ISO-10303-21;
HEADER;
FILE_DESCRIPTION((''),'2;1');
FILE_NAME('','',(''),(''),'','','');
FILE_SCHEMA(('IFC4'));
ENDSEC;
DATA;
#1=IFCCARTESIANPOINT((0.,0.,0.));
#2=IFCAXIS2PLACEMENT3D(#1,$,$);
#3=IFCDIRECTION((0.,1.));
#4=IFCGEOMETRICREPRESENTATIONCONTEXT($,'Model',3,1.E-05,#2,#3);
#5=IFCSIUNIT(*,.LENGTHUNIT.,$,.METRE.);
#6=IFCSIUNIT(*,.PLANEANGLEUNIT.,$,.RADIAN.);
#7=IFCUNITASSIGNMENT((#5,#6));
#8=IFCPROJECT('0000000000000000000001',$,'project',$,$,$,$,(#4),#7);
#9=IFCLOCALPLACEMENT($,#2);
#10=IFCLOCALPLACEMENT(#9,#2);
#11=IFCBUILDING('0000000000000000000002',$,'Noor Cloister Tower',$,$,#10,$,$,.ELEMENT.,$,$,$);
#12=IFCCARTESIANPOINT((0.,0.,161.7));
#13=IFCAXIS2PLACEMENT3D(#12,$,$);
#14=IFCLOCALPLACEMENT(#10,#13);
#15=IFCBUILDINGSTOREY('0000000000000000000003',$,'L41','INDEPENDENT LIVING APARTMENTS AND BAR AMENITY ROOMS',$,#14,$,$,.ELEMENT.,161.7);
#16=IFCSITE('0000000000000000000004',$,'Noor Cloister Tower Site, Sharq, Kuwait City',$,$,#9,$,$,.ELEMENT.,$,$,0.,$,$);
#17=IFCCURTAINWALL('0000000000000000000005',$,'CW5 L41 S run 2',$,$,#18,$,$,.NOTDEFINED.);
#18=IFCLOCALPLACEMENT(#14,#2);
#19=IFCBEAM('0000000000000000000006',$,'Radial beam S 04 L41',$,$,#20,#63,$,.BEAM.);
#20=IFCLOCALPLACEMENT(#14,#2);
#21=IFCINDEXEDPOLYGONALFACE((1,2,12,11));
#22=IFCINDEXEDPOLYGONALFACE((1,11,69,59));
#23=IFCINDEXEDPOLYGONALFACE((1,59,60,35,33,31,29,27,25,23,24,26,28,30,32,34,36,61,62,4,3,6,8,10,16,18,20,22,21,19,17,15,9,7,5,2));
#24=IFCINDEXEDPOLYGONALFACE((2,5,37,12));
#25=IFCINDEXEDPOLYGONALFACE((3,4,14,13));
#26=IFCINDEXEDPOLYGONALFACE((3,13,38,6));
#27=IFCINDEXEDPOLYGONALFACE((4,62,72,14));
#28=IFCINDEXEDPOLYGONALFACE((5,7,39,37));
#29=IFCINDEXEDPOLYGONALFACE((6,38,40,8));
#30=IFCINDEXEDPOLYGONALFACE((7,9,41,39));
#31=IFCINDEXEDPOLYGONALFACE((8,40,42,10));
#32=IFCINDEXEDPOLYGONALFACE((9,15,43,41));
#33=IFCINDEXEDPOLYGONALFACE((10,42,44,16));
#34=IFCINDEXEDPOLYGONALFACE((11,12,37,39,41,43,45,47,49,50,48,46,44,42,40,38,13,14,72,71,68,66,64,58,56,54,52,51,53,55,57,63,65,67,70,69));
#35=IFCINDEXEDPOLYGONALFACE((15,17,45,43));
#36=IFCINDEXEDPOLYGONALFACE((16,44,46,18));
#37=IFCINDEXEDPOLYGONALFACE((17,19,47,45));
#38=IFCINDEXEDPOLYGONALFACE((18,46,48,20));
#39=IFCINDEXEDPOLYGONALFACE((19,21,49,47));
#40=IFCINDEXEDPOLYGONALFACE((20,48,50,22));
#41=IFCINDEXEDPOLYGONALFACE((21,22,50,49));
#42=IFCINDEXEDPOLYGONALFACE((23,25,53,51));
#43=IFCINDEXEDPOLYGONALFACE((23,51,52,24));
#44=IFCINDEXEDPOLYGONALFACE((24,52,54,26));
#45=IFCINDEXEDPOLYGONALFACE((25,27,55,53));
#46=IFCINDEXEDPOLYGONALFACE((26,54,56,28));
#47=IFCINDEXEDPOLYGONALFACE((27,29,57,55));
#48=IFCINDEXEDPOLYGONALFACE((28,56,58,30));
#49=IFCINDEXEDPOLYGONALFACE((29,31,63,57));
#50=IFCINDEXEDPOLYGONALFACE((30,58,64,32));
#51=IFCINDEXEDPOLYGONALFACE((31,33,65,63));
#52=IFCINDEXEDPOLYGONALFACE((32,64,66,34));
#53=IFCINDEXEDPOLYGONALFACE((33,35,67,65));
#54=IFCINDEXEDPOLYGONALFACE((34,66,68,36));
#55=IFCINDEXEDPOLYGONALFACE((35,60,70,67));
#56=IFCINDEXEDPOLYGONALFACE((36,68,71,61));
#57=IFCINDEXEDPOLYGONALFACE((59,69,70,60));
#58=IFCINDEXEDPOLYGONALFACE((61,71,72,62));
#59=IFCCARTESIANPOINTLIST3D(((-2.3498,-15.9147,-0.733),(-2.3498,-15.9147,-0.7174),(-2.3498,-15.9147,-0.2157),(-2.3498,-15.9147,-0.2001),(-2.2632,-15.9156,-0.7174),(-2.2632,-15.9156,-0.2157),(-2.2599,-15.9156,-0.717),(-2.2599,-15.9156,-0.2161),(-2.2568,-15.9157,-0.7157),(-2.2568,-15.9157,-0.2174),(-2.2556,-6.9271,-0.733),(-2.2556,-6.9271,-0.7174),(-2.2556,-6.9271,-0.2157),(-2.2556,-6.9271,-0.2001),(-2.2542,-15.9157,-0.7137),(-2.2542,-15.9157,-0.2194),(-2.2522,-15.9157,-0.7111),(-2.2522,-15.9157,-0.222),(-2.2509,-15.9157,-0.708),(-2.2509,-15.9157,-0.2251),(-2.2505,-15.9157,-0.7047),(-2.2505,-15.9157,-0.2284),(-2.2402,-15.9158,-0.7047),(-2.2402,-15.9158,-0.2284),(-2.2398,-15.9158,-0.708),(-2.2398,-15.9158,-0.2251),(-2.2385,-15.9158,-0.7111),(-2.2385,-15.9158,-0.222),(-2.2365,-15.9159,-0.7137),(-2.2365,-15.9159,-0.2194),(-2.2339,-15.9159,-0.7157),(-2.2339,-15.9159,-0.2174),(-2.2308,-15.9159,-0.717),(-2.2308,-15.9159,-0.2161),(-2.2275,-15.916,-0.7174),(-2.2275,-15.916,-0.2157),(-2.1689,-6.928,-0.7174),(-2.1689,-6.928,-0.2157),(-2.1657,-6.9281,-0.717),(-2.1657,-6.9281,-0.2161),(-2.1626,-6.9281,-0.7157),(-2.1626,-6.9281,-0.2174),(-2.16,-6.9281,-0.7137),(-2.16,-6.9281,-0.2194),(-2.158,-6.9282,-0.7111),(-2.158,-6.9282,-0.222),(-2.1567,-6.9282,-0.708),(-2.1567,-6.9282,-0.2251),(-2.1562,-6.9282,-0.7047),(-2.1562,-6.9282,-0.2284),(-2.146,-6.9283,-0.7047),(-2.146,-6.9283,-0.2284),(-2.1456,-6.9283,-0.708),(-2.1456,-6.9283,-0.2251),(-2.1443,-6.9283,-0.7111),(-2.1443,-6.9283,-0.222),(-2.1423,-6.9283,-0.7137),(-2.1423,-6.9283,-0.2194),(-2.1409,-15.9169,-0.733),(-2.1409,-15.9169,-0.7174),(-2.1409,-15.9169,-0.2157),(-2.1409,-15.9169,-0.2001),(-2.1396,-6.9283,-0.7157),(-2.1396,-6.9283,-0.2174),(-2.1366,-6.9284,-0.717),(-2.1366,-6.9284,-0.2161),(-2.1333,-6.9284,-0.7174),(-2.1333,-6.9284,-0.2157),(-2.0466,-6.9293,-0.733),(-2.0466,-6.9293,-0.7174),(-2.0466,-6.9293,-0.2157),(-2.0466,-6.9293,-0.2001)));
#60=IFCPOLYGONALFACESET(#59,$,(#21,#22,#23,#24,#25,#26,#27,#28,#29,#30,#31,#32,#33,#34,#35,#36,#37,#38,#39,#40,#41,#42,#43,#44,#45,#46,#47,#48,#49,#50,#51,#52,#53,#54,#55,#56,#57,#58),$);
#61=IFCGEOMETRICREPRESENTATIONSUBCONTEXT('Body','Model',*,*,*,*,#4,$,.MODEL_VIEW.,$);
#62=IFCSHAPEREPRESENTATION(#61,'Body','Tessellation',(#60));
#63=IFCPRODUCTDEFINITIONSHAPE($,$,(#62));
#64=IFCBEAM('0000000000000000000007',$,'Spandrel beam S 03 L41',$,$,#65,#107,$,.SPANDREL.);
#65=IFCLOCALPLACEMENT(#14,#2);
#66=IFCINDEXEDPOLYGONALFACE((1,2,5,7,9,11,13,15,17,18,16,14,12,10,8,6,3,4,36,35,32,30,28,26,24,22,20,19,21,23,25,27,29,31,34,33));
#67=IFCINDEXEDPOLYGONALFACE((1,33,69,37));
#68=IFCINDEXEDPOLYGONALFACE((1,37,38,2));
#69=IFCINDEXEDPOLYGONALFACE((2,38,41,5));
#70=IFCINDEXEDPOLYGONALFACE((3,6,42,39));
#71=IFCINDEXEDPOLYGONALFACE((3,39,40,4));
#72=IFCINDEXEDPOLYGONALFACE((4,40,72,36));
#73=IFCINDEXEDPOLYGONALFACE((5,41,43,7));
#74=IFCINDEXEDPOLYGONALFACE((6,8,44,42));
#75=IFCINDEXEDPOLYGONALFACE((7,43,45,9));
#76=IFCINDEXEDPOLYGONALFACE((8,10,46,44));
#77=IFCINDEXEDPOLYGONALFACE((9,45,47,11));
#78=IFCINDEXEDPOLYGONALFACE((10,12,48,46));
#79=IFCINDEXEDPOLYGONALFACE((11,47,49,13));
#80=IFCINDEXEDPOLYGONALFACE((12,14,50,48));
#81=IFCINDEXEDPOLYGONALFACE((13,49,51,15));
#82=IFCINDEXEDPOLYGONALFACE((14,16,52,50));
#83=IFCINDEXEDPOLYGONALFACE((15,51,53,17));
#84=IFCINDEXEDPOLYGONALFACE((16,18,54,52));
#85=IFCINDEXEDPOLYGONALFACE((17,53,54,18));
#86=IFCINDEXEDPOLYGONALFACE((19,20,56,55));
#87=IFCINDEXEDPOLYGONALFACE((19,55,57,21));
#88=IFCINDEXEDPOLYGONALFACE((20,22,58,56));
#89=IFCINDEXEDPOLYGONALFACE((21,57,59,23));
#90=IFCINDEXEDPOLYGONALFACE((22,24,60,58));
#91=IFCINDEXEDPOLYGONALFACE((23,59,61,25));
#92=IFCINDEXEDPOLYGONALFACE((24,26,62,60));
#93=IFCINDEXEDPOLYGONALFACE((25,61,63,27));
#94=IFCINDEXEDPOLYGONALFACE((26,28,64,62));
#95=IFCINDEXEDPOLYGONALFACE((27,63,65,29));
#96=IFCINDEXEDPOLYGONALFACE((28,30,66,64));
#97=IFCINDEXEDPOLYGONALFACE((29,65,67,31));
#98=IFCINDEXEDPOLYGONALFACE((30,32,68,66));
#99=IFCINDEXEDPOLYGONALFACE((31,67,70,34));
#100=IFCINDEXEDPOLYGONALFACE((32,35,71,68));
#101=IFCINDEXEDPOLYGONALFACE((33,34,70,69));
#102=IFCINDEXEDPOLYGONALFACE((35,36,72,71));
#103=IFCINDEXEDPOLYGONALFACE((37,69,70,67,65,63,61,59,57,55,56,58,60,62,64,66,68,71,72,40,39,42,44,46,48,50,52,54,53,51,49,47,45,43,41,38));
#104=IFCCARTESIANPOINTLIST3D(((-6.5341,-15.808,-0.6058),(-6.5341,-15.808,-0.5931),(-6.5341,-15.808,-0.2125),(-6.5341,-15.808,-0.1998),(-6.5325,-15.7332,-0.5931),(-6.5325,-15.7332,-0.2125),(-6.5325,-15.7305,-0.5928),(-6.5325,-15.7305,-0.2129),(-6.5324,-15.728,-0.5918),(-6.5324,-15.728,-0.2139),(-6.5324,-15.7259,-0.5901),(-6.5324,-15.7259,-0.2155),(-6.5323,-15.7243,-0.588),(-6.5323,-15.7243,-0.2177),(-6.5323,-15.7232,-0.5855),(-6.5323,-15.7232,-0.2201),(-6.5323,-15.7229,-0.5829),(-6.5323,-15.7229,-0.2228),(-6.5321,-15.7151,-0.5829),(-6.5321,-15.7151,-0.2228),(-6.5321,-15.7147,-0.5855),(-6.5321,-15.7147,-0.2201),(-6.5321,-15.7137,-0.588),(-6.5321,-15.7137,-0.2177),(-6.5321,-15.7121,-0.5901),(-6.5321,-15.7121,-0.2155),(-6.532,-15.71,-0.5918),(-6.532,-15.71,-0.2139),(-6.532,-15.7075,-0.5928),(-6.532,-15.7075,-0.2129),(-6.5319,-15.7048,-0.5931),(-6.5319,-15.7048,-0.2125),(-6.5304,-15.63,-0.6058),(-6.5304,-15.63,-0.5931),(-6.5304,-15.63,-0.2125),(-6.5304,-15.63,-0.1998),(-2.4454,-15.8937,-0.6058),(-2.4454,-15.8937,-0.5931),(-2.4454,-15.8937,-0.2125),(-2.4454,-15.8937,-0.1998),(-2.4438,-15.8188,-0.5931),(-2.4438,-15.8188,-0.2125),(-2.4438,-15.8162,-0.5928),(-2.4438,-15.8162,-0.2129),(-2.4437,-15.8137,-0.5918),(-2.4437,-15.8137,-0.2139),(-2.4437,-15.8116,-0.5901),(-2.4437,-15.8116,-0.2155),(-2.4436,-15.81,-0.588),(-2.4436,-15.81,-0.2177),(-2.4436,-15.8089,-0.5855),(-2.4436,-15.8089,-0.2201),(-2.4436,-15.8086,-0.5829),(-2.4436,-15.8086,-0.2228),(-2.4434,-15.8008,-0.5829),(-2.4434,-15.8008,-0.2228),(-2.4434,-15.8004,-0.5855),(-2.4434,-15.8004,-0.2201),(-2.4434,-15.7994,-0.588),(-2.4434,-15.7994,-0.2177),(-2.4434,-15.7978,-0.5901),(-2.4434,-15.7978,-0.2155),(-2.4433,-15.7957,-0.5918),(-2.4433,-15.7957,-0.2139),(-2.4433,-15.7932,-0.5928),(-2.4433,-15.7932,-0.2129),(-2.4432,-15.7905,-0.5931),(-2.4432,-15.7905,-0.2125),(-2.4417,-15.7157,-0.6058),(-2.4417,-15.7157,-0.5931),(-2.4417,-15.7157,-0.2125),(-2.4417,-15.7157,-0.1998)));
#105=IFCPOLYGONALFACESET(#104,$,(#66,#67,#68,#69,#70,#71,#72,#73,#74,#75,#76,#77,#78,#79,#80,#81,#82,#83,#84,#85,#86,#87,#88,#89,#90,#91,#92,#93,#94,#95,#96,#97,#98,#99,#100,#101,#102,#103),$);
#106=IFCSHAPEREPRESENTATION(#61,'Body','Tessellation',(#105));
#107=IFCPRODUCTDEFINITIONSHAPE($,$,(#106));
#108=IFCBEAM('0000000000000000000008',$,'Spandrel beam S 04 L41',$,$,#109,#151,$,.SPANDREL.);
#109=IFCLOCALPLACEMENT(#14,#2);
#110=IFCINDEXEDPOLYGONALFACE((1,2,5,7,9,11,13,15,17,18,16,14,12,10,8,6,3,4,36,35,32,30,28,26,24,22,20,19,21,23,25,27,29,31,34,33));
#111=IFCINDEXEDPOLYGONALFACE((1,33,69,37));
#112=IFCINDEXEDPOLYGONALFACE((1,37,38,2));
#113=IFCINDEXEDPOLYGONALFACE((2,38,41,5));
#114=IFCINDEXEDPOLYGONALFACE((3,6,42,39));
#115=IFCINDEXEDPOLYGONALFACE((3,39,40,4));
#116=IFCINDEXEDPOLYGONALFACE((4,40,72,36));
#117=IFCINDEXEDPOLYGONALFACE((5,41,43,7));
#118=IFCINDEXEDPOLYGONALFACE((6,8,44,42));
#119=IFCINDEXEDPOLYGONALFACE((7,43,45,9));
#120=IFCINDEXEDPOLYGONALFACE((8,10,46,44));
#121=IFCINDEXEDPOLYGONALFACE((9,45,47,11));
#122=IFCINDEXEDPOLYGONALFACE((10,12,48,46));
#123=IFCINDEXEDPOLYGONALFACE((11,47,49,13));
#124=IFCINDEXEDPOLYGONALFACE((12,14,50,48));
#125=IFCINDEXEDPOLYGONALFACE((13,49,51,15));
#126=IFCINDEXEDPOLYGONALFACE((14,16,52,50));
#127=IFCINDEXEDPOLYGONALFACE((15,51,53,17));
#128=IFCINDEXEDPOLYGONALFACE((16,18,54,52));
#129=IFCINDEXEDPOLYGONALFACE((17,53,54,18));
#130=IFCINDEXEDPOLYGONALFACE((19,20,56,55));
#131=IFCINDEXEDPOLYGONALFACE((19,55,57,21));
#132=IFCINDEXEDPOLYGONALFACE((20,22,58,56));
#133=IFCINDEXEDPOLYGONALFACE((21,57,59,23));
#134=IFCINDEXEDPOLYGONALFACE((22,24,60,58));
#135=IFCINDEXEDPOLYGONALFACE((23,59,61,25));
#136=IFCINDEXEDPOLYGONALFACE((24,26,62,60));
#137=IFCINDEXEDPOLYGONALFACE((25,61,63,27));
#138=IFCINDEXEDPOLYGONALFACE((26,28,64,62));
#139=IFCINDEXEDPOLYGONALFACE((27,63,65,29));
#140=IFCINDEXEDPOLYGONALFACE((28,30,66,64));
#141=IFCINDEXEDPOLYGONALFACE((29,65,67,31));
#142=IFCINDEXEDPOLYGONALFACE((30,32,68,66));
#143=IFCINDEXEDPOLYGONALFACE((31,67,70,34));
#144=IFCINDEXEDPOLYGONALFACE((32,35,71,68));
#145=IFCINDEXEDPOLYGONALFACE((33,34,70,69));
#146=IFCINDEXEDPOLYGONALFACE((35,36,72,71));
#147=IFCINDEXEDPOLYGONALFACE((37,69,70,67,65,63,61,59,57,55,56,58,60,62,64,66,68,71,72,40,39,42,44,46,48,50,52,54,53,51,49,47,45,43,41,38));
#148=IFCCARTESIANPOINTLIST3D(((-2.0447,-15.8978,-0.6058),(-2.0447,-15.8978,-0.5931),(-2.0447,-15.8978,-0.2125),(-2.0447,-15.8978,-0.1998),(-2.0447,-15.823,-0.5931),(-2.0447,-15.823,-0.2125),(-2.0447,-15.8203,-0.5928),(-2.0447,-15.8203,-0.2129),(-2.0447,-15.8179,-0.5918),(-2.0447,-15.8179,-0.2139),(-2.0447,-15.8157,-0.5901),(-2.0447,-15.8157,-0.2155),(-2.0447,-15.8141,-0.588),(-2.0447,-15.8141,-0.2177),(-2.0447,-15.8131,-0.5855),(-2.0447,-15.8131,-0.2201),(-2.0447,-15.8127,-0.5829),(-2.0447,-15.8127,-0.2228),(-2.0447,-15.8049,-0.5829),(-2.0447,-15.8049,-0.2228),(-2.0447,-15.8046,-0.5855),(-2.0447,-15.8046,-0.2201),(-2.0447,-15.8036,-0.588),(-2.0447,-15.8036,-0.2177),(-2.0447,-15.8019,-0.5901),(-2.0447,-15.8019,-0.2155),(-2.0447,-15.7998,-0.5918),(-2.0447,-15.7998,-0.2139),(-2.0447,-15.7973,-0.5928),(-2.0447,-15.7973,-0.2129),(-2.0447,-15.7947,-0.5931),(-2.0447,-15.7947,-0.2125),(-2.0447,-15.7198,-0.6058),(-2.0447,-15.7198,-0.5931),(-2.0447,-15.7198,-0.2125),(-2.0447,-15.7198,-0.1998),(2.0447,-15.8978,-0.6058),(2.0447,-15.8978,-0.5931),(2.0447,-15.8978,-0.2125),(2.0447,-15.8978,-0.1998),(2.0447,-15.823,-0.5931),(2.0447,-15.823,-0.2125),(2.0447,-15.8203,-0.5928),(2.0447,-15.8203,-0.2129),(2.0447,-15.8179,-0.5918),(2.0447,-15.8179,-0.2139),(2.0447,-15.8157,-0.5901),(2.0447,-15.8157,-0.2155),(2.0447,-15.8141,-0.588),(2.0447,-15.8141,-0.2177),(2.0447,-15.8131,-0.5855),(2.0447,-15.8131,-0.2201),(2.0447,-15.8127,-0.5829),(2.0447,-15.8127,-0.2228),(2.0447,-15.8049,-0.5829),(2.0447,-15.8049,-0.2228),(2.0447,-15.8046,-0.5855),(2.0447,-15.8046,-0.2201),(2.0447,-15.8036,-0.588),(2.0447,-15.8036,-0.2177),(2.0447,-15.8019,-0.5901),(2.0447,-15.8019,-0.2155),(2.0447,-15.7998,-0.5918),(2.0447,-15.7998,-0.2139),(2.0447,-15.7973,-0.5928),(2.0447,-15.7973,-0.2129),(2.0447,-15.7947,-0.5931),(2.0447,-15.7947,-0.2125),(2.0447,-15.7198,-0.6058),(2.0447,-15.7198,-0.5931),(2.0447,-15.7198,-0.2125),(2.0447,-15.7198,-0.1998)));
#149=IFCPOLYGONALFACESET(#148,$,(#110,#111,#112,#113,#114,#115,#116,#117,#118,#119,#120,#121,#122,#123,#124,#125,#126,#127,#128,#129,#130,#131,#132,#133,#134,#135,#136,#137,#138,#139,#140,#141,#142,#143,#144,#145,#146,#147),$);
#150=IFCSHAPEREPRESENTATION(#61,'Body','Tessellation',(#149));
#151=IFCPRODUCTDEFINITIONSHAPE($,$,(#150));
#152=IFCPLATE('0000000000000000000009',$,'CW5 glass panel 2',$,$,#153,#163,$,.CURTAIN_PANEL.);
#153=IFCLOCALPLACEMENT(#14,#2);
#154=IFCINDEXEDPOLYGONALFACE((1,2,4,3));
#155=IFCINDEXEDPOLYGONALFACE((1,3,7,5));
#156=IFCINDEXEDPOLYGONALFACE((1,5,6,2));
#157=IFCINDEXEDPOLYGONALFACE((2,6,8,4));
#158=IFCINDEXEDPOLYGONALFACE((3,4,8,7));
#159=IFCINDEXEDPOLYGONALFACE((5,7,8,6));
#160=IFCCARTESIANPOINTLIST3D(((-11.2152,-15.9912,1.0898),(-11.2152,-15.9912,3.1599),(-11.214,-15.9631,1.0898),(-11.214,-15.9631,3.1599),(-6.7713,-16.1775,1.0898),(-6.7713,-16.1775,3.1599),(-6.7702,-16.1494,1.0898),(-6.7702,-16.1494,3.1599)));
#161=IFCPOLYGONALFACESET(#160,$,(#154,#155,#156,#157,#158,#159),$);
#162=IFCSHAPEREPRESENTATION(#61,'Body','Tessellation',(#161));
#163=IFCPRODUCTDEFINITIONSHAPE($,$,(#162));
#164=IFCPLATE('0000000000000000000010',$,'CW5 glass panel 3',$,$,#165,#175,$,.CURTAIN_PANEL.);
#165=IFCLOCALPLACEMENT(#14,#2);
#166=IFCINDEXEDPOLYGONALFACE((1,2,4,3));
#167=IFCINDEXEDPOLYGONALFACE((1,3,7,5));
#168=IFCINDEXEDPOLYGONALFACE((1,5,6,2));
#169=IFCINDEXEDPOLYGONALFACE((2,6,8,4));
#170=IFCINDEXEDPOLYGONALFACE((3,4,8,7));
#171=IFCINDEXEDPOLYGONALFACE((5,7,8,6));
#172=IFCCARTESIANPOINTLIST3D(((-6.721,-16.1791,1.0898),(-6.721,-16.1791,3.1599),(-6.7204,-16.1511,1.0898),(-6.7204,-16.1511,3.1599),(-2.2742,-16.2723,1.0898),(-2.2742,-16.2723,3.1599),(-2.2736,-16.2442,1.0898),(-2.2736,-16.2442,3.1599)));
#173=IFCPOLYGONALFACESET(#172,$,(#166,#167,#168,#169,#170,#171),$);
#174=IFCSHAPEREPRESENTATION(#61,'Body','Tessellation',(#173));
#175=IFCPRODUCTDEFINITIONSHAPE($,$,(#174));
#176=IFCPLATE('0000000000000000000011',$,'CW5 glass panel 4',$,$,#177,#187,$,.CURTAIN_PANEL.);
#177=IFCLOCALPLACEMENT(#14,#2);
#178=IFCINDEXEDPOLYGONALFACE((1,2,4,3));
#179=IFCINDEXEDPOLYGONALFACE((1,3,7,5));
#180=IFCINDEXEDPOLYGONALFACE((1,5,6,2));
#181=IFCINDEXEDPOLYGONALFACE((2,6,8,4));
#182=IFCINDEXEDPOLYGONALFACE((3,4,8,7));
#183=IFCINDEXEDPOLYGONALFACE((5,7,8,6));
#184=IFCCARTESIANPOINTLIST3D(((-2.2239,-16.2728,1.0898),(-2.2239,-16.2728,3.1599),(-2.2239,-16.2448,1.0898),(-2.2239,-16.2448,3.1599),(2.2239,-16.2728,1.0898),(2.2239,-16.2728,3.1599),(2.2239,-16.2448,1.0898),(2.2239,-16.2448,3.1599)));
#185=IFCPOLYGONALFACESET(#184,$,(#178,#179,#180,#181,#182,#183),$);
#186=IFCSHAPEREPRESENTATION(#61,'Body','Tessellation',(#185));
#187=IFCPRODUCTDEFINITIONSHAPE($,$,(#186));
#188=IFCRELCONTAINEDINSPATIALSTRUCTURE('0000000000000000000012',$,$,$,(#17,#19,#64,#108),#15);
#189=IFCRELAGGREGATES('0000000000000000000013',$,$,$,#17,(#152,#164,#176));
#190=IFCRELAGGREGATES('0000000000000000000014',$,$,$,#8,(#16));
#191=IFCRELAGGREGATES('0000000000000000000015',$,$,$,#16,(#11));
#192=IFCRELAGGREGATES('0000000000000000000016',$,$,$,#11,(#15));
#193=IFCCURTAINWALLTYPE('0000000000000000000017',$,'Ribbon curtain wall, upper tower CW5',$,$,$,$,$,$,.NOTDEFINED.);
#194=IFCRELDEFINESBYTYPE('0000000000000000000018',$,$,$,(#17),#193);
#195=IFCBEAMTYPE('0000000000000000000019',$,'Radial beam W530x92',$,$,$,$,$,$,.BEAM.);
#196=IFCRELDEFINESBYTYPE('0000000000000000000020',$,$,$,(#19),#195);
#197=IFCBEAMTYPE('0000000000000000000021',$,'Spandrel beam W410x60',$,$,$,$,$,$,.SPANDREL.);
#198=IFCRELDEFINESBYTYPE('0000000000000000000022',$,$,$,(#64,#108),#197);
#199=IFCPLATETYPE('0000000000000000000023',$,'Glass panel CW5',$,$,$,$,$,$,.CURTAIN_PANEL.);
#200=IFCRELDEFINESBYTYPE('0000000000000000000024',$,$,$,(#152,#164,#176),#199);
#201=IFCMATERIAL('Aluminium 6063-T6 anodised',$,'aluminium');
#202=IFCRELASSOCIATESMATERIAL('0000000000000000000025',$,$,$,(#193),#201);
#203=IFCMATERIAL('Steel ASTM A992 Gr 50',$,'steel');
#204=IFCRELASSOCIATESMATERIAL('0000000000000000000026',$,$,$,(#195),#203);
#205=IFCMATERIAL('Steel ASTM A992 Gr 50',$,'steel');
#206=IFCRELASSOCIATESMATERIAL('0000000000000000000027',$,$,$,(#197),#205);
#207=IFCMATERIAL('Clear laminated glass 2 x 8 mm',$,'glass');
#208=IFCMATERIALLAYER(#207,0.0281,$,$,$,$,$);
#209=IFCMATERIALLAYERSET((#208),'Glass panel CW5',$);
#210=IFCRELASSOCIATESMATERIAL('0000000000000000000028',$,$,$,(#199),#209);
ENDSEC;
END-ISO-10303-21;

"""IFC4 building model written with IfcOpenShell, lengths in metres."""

from ifc_helpers import new_model, si_unit, direction, frame, origin, origin_2d, place, context, subcontext, project, spatial, rectangle, i_section, extrude, material, layer, layer_set, material_profile, profile_set, type_object, element, aggregate, save


model = new_model("IFC4")

# Units and contexts
model_context = context("Model", 3, precision=1e-05, world=origin(), true_north=direction((0.0, 1.0)))
body_context = subcontext(model_context, "Body", "Model", "MODEL_VIEW")
ifc_project = project(units=[si_unit("LENGTHUNIT", "METRE"), si_unit("PLANEANGLEUNIT", "RADIAN")], contexts=[model_context])

# Site, building, storey
site_placement = place(None, origin())
site = spatial("IfcSite", under=ifc_project, at=site_placement, Name="Noor Cloister Tower Site, Sharq, Kuwait City", CompositionType="ELEMENT", RefElevation=0.0)
building_placement = place(site_placement, origin())
building = spatial("IfcBuilding", under=site, at=building_placement, Name="Noor Cloister Tower", CompositionType="ELEMENT")
storey_placement = place(building_placement, frame((0.0, 0.0, 161.7)))
storey = spatial("IfcBuildingStorey", under=building, at=storey_placement, Name="L41", Description="INDEPENDENT LIVING APARTMENTS AND BAR AMENITY ROOMS", CompositionType="ELEMENT", Elevation=161.7)

# Curtain wall
ifc_material_1 = material(Name="Aluminium 6063-T6 anodised", Category="aluminium")
curtain_wall_type = type_object("IfcCurtainWallType", Name="Ribbon curtain wall, upper tower CW5", PredefinedType="NOTDEFINED", material=ifc_material_1)
curtain_wall_placement = place(storey_placement, origin())
curtain_wall = element("IfcCurtainWall", 1, at=curtain_wall_placement, inside=storey, type_object=curtain_wall_type, Name="CW5 L41 S run 2", PredefinedType="NOTDEFINED")

# Beams
ifc_material_2 = material(Name="Steel ASTM A992 Gr 50", Category="steel")
ifc_material_profile_1 = material_profile(ifc_material_2, i_section(OverallWidth=0.209, OverallDepth=0.533, WebThickness=0.0103, FlangeThickness=0.0156, FilletRadius=0.0127, at=origin_2d()), Name="W530x92")
ifc_profile_set_1 = profile_set([ifc_material_profile_1], Name="Steel ASTM A992 Gr 50")
beam_type_1 = type_object("IfcBeamType", Name="Radial beam W530x92", PredefinedType="BEAM", material=ifc_profile_set_1)
beam_1_placement = place(storey_placement, frame((-2.2454, -15.9158, -0.4666), z_axis=(0.010485, 0.999945, 0.0), x_axis=(-0.999945, 0.010485, 0.0)))
element("IfcBeam", 2, at=beam_1_placement, inside=storey, type_object=beam_type_1, Name="Radial beam S 04 L41", PredefinedType="BEAM", context=body_context, shape_type="SweptSolid", body=[
    extrude(i_section(OverallWidth=0.209, OverallDepth=0.533, WebThickness=0.0103, FlangeThickness=0.0156, FilletRadius=0.0127, at=origin_2d()), origin(), (0.0, 0.0, 1.0), 8.988),
])
ifc_material_3 = material(Name="Steel ASTM A992 Gr 50", Category="steel")
ifc_material_profile_2 = material_profile(ifc_material_3, i_section(OverallWidth=0.178, OverallDepth=0.406, WebThickness=0.0078, FlangeThickness=0.0127, FilletRadius=0.0103, at=origin_2d()), Name="W410x60")
ifc_profile_set_2 = profile_set([ifc_material_profile_2], Name="Steel ASTM A992 Gr 50")
beam_type_2 = type_object("IfcBeamType", Name="Spandrel beam W410x60", PredefinedType="SPANDREL", material=ifc_profile_set_2)
beam_2_placement = place(storey_placement, frame((-6.5322, -15.719, -0.4028), z_axis=(0.99978, -0.020954, 0.0), x_axis=(0.020954, 0.99978, 0.0)))
element("IfcBeam", 3, at=beam_2_placement, inside=storey, type_object=beam_type_2, Name="Spandrel beam S 03 L41", PredefinedType="SPANDREL", context=body_context, shape_type="SweptSolid", body=[
    extrude(i_section(OverallWidth=0.178, OverallDepth=0.406, WebThickness=0.0078, FlangeThickness=0.0127, FilletRadius=0.0103, at=origin_2d()), origin(), (0.0, 0.0, 1.0), 4.0896),
])
beam_3_placement = place(storey_placement, frame((-2.0447, -15.8088, -0.4028), z_axis=(1.0, 0.0, 0.0), x_axis=(0.0, 1.0, 0.0)))
element("IfcBeam", 4, at=beam_3_placement, inside=storey, type_object=beam_type_2, Name="Spandrel beam S 04 L41", PredefinedType="SPANDREL", context=body_context, shape_type="SweptSolid", body=[
    extrude(i_section(OverallWidth=0.178, OverallDepth=0.406, WebThickness=0.0078, FlangeThickness=0.0127, FilletRadius=0.0103, at=origin_2d()), origin(), (0.0, 0.0, 1.0), 4.0894),
])

# Plates
ifc_material_4 = material(Name="Clear laminated glass 2 x 8 mm", Category="glass")
ifc_layer_1 = layer(ifc_material_4, 0.0281)
ifc_layer_set_1 = layer_set([ifc_layer_1], Name="Glass panel CW5")
plate_type = type_object("IfcPlateType", Name="Glass panel CW5", PredefinedType="CURTAIN_PANEL", material=ifc_layer_set_1)
plate_1_placement = place(storey_placement, frame((-8.9927, -16.0703, 1.0898), z_axis=(0.0, 0.0, 1.0), x_axis=(0.999123, -0.04188, 0.0)))
plate_1 = element("IfcPlate", 5, at=plate_1_placement, type_object=plate_type, Name="CW5 glass panel 2", PredefinedType="CURTAIN_PANEL", context=body_context, shape_type="SweptSolid", body=[
    extrude(rectangle(XDim=4.4478, YDim=0.0281, at=origin_2d()), origin(), (0.0, 0.0, 1.0), 2.0701),
])
plate_2_placement = place(storey_placement, frame((-4.4973, -16.2117, 1.0898), z_axis=(0.0, 0.0, 1.0), x_axis=(0.999781, -0.020945, 0.0)))
plate_2 = element("IfcPlate", 6, at=plate_2_placement, type_object=plate_type, Name="CW5 glass panel 3", PredefinedType="CURTAIN_PANEL", context=body_context, shape_type="SweptSolid", body=[
    extrude(rectangle(XDim=4.4478, YDim=0.0281, at=origin_2d()), origin(), (0.0, 0.0, 1.0), 2.0701),
])
plate_3_placement = place(storey_placement, frame((0.0, -16.2588, 1.0898), z_axis=(0.0, 0.0, 1.0), x_axis=(1.0, 0.0, 0.0)))
plate_3 = element("IfcPlate", 7, at=plate_3_placement, type_object=plate_type, Name="CW5 glass panel 4", PredefinedType="CURTAIN_PANEL", context=body_context, shape_type="SweptSolid", body=[
    extrude(rectangle(XDim=4.4478, YDim=0.0281, at=origin_2d()), origin(), (0.0, 0.0, 1.0), 2.0701),
])
aggregate(curtain_wall, [plate_1, plate_2, plate_3])

save(model, "model.ifc")
